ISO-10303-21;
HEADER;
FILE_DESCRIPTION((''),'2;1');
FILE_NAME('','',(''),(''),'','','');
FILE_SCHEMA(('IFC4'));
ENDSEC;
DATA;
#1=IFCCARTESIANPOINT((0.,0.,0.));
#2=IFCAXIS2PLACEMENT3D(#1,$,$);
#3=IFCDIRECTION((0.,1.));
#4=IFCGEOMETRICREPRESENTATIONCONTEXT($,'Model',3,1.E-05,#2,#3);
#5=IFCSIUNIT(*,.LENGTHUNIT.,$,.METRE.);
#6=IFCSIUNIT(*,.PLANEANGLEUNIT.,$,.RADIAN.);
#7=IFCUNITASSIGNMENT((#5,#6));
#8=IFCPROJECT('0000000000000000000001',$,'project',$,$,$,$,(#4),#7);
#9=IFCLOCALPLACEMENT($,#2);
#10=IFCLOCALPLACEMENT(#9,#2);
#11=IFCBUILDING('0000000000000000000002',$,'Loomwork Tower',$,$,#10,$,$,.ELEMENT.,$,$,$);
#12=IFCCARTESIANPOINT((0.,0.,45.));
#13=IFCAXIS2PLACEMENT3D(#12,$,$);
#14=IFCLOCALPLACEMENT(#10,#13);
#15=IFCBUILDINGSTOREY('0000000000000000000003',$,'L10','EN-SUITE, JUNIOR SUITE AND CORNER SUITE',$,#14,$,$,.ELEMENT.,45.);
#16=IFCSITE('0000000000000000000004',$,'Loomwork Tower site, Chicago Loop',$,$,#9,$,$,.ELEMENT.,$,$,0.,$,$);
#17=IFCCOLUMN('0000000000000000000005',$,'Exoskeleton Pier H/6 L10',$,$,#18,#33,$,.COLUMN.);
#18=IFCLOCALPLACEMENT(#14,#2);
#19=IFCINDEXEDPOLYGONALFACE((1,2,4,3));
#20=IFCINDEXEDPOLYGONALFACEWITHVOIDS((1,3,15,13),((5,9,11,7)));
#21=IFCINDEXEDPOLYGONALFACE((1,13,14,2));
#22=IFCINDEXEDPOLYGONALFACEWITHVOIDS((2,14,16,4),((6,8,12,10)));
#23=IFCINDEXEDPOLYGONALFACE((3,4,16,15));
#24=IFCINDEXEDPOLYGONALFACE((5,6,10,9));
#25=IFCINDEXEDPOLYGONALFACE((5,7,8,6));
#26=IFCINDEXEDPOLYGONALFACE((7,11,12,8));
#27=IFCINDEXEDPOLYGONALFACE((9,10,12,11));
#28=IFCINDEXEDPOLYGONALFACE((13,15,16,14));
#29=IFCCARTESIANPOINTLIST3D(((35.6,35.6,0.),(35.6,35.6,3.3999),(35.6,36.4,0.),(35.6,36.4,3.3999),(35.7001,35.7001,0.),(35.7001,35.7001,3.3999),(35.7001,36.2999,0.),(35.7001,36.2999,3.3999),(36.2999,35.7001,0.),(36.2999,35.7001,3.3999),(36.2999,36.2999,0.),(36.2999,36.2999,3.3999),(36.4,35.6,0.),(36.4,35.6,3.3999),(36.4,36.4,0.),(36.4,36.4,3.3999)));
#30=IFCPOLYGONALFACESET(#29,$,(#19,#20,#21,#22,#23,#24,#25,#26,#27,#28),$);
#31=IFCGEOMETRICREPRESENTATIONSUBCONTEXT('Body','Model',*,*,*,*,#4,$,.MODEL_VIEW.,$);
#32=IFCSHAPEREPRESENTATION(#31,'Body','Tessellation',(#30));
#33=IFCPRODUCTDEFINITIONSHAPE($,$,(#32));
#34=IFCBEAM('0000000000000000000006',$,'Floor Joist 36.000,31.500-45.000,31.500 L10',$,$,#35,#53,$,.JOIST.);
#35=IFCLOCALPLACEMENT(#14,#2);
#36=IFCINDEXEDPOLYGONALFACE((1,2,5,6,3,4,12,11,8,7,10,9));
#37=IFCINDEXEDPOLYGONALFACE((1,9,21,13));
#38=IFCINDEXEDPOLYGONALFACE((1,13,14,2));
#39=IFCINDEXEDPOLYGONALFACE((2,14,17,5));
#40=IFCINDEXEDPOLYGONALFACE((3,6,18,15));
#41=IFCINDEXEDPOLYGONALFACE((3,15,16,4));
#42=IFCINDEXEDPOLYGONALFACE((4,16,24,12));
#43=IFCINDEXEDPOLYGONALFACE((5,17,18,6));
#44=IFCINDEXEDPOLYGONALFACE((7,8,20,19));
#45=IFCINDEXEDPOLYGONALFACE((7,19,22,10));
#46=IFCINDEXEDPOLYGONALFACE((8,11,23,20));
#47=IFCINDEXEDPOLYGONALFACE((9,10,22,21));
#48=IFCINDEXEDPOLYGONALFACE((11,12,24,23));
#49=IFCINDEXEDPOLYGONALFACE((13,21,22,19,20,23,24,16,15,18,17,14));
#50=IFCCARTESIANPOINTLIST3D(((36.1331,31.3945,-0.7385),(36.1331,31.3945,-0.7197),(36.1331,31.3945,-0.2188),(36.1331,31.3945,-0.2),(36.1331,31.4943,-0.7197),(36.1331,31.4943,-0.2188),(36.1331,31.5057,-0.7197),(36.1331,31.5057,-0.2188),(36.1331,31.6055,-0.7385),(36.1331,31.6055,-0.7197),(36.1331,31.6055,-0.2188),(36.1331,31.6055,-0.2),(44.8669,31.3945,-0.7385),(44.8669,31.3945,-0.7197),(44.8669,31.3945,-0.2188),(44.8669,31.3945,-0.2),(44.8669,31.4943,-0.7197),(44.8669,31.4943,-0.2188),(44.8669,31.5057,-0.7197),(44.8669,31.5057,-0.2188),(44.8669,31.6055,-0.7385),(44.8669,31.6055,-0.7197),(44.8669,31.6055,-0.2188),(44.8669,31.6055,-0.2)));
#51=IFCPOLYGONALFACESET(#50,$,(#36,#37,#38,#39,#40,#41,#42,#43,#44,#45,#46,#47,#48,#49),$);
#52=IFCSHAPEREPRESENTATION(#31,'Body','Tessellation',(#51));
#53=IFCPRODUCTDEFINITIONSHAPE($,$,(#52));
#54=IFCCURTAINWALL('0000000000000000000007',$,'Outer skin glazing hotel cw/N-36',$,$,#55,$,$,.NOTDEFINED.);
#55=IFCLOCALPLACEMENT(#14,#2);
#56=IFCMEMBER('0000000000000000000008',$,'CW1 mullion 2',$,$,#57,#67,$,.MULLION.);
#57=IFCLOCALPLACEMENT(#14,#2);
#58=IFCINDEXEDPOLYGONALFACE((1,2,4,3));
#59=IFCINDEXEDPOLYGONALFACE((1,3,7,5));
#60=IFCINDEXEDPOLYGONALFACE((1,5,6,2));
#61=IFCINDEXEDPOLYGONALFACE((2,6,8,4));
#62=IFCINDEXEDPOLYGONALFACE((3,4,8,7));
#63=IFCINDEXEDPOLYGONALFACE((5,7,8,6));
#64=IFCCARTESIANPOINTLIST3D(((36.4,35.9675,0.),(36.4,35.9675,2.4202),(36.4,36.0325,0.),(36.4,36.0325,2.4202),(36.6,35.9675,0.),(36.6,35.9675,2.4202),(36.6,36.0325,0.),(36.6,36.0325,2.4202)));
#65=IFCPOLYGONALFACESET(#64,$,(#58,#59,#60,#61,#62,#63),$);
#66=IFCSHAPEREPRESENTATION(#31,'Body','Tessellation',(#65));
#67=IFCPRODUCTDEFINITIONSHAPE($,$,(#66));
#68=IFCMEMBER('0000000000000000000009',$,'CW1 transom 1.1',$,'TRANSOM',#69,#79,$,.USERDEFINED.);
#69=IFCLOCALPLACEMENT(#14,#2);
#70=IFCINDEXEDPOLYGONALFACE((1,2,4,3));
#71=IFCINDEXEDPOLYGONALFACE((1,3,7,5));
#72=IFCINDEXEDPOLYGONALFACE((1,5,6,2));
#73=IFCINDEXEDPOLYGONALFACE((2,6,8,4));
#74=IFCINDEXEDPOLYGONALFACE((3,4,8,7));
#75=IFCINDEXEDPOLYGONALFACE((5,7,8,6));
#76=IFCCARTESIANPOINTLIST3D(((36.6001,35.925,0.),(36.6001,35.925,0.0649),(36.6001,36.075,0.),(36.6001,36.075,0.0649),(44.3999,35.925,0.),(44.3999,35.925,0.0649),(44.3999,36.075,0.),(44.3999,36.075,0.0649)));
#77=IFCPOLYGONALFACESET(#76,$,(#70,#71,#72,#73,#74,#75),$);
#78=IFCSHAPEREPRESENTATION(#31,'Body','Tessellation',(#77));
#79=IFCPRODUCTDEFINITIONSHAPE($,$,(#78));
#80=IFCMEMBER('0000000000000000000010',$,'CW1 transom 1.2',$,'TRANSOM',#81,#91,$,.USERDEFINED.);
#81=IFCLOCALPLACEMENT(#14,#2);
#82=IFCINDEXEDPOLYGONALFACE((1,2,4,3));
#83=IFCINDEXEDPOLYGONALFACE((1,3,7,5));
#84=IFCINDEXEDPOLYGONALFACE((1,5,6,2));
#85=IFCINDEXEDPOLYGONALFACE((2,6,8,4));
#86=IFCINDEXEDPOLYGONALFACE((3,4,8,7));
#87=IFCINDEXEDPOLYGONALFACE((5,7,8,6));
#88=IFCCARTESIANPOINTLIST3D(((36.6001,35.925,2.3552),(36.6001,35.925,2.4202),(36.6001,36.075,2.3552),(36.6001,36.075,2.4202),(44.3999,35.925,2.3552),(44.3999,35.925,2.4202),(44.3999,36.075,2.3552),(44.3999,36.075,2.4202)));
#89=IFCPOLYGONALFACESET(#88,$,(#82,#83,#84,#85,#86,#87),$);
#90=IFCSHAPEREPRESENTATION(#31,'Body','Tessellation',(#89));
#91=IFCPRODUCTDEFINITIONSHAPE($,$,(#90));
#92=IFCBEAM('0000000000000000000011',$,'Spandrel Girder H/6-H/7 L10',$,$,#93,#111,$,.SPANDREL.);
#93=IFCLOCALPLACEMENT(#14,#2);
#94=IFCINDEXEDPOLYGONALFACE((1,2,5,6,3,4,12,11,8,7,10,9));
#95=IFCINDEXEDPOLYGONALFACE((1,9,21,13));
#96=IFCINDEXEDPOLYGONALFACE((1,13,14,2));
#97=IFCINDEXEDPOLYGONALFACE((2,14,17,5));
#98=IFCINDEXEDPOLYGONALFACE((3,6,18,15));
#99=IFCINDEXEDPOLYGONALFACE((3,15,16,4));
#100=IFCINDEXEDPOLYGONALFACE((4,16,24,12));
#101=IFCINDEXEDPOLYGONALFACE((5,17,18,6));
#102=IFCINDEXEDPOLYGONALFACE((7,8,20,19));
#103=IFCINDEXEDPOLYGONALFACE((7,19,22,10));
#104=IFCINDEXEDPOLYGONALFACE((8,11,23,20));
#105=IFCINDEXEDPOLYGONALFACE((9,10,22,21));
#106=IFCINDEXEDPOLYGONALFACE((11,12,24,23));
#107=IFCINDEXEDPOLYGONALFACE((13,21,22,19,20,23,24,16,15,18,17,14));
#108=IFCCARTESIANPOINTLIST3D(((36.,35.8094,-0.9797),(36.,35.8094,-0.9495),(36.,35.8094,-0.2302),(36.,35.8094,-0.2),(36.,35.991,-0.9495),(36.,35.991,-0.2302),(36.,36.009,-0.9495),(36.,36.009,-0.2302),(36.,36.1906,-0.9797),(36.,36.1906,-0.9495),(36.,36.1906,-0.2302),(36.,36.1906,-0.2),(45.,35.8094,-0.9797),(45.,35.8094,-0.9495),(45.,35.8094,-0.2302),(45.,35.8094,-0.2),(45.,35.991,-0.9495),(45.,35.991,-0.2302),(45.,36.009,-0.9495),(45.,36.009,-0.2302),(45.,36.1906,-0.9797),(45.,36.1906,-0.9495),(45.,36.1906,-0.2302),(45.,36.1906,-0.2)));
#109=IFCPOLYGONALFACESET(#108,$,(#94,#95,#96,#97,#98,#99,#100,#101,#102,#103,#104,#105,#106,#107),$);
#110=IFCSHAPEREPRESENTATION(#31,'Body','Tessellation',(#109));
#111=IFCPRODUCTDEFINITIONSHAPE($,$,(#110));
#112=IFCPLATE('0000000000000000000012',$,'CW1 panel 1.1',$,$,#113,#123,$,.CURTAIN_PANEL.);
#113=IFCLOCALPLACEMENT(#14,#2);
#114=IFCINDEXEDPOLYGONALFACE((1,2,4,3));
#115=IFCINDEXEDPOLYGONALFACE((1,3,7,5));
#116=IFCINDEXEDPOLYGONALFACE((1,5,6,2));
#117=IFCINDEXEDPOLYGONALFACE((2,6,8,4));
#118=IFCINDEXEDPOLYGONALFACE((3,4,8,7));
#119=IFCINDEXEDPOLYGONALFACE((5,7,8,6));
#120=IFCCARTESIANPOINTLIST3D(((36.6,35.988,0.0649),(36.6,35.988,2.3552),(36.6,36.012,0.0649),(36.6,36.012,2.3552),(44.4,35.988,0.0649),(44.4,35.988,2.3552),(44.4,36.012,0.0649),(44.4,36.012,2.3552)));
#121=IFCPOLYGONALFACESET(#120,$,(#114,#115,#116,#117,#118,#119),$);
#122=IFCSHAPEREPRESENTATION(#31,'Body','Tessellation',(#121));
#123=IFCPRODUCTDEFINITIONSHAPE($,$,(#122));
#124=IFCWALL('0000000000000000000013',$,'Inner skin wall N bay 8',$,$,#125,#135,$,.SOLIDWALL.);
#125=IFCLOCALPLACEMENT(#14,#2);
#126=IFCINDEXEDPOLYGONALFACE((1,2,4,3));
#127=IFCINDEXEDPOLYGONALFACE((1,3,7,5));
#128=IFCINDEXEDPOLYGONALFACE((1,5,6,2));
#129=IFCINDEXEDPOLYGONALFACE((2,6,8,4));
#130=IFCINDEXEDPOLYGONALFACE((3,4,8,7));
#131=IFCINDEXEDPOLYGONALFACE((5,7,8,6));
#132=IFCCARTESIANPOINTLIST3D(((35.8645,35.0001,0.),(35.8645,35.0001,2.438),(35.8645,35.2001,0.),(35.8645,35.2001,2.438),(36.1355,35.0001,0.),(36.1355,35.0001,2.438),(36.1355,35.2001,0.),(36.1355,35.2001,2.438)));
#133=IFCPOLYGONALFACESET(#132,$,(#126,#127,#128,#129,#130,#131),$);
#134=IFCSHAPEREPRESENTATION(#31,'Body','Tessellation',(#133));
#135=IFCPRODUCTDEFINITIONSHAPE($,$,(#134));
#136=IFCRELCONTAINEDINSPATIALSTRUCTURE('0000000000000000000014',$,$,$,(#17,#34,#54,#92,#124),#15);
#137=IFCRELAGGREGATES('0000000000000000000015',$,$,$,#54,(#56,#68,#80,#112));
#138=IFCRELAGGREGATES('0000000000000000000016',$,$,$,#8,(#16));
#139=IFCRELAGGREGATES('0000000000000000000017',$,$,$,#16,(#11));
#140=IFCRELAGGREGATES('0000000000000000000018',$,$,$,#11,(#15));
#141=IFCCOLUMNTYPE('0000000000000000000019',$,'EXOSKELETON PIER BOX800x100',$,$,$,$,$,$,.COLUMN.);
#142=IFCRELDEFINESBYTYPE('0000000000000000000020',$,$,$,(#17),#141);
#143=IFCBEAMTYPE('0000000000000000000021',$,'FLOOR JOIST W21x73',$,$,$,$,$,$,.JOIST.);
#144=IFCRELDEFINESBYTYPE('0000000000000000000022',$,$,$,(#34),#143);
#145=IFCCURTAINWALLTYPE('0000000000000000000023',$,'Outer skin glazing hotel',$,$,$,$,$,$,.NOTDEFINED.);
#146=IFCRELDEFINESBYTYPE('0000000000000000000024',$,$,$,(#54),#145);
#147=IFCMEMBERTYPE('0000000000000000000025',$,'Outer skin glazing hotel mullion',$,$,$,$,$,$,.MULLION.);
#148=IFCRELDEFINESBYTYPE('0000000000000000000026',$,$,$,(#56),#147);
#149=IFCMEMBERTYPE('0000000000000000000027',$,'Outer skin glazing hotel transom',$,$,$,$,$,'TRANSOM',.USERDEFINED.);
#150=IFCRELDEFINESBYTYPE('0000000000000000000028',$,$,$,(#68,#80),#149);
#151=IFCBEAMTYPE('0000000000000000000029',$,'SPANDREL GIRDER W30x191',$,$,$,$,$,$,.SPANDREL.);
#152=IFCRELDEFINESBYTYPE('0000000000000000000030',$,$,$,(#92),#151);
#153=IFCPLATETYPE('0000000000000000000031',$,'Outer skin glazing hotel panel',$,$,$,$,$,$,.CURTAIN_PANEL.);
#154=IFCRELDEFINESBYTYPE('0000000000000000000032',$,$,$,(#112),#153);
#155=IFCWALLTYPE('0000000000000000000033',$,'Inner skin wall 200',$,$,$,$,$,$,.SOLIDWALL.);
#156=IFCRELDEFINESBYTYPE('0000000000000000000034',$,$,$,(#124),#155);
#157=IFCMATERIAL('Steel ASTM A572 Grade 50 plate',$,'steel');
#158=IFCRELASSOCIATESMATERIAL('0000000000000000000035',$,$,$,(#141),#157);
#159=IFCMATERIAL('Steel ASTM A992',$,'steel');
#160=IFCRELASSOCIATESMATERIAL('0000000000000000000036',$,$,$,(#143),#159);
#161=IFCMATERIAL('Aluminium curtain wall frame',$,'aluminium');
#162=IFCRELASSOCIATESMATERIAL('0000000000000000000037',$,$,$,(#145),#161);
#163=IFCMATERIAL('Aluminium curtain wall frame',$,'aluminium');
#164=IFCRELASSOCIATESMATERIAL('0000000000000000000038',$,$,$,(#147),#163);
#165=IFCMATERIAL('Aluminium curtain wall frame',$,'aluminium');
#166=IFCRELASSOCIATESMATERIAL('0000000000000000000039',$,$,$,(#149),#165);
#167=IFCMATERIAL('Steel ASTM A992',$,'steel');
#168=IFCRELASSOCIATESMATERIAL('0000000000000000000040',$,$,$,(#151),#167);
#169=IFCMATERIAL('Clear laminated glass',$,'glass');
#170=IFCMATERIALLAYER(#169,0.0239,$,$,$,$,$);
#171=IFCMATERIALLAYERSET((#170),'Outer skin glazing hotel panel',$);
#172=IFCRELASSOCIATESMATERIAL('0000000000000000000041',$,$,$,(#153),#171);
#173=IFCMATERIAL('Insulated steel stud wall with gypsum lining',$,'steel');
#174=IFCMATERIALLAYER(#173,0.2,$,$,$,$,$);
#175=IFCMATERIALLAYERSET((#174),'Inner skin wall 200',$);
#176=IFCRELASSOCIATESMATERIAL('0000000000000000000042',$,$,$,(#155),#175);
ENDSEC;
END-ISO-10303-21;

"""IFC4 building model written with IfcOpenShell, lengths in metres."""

from ifc_helpers import new_model, si_unit, direction, frame, frame_2d, origin, origin_2d, place, context, subcontext, project, spatial, rectangle, hollow_rectangle, i_section, extrude, material, layer, layer_set, material_profile, profile_set, type_object, element, aggregate, save


model = new_model("IFC4")

# Units and contexts
model_context = context("Model", 3, precision=1e-05, world=origin(), true_north=direction((0.0, 1.0)))
body_context = subcontext(model_context, "Body", "Model", "MODEL_VIEW")
ifc_project = project(units=[si_unit("LENGTHUNIT", "METRE"), si_unit("PLANEANGLEUNIT", "RADIAN")], contexts=[model_context])

# Site, building, storey
site_placement = place(None, origin())
site = spatial("IfcSite", under=ifc_project, at=site_placement, Name="Loomwork Tower site, Chicago Loop", CompositionType="ELEMENT", RefElevation=0.0)
building_placement = place(site_placement, origin())
building = spatial("IfcBuilding", under=site, at=building_placement, Name="Loomwork Tower", CompositionType="ELEMENT")
storey_placement = place(building_placement, frame((0.0, 0.0, 45.0)))
storey = spatial("IfcBuildingStorey", under=building, at=storey_placement, Name="L10", Description="EN-SUITE, JUNIOR SUITE AND CORNER SUITE", CompositionType="ELEMENT", Elevation=45.0)

# Column
ifc_material_1 = material(Name="Steel ASTM A572 Grade 50 plate", Category="steel")
ifc_material_profile_1 = material_profile(ifc_material_1, hollow_rectangle(XDim=0.8, YDim=0.8, WallThickness=0.1001, at=origin_2d()), Name="BOX800x100")
ifc_profile_set_1 = profile_set([ifc_material_profile_1], Name="Steel ASTM A572 Grade 50 plate")
column_type = type_object("IfcColumnType", Name="EXOSKELETON PIER BOX800x100", PredefinedType="COLUMN", material=ifc_profile_set_1)
column_placement = place(storey_placement, frame((36.0, 36.0, 0.0), z_axis=(0.0, 0.0, 1.0), x_axis=(1.0, 0.0, 0.0)))
element("IfcColumn", 1, at=column_placement, inside=storey, type_object=column_type, Name="Exoskeleton Pier H/6 L10", PredefinedType="COLUMN", context=body_context, shape_type="SweptSolid", body=[
    extrude(hollow_rectangle(XDim=0.8, YDim=0.8, WallThickness=0.1001, at=origin_2d()), origin(), (0.0, 0.0, 1.0), 3.3999),
])

# Beam
ifc_material_2 = material(Name="Steel ASTM A992", Category="steel")
ifc_material_profile_2 = material_profile(ifc_material_2, i_section(OverallWidth=0.2109, OverallDepth=0.5386, WebThickness=0.0115, FlangeThickness=0.0188, at=origin_2d()), Name="W21x73")
ifc_profile_set_2 = profile_set([ifc_material_profile_2], Name="Steel ASTM A992")
beam_type_1 = type_object("IfcBeamType", Name="FLOOR JOIST W21x73", PredefinedType="JOIST", material=ifc_profile_set_2)
beam_1_placement = place(storey_placement, frame((36.1331, 31.5, -0.4692), z_axis=(1.0, 0.0, 0.0), x_axis=(0.0, 1.0, 0.0)))
element("IfcBeam", 2, at=beam_1_placement, inside=storey, type_object=beam_type_1, Name="Floor Joist 36.000,31.500-45.000,31.500 L10", PredefinedType="JOIST", context=body_context, shape_type="SweptSolid", body=[
    extrude(i_section(OverallWidth=0.2109, OverallDepth=0.5386, WebThickness=0.0115, FlangeThickness=0.0188, at=origin_2d()), origin(), (0.0, 0.0, 1.0), 8.7339),
])

# Curtain wall, members
ifc_material_3 = material(Name="Aluminium curtain wall frame", Category="aluminium")
curtain_wall_type = type_object("IfcCurtainWallType", Name="Outer skin glazing hotel", PredefinedType="NOTDEFINED", material=ifc_material_3)
curtain_wall_placement = place(storey_placement, origin())
curtain_wall = element("IfcCurtainWall", 3, at=curtain_wall_placement, inside=storey, type_object=curtain_wall_type, Name="Outer skin glazing hotel cw/N-36", PredefinedType="NOTDEFINED")
ifc_material_4 = material(Name="Aluminium curtain wall frame", Category="aluminium")
ifc_material_profile_3 = material_profile(ifc_material_4, rectangle(XDim=0.0649, YDim=0.2, at=origin_2d()), Name="AL 65x200")
ifc_profile_set_3 = profile_set([ifc_material_profile_3], Name="Aluminium curtain wall frame")
member_type_1 = type_object("IfcMemberType", Name="Outer skin glazing hotel mullion", PredefinedType="MULLION", material=ifc_profile_set_3)
member_1_placement = place(storey_placement, frame((36.5, 36.0, 0.0), z_axis=(0.0, 0.0, 1.0), x_axis=(0.0, -1.0, 0.0)))
member_1 = element("IfcMember", 4, at=member_1_placement, type_object=member_type_1, Name="CW1 mullion 2", PredefinedType="MULLION", context=body_context, shape_type="SweptSolid", body=[
    extrude(rectangle(XDim=0.0649, YDim=0.2, at=origin_2d()), origin(), (0.0, 0.0, 1.0), 2.4202),
])
ifc_material_5 = material(Name="Aluminium curtain wall frame", Category="aluminium")
ifc_material_profile_4 = material_profile(ifc_material_5, rectangle(XDim=0.1499, YDim=0.0649, at=origin_2d()), Name="AL 65x150")
ifc_profile_set_4 = profile_set([ifc_material_profile_4], Name="Aluminium curtain wall frame")
member_type_2 = type_object("IfcMemberType", Name="Outer skin glazing hotel transom", ElementType="TRANSOM", PredefinedType="USERDEFINED", material=ifc_profile_set_4)
member_2_placement = place(storey_placement, frame((44.3999, 36.0, 0.0325), z_axis=(-1.0, 0.0, 0.0), x_axis=(0.0, -1.0, 0.0)))
member_2 = element("IfcMember", 5, at=member_2_placement, type_object=member_type_2, Name="CW1 transom 1.1", ObjectType="TRANSOM", PredefinedType="USERDEFINED", context=body_context, shape_type="SweptSolid", body=[
    extrude(rectangle(XDim=0.1499, YDim=0.0649, at=origin_2d()), origin(), (0.0, 0.0, 1.0), 7.7998),
])
member_3_placement = place(storey_placement, frame((44.3999, 36.0, 2.3877), z_axis=(-1.0, 0.0, 0.0), x_axis=(0.0, -1.0, 0.0)))
member_3 = element("IfcMember", 6, at=member_3_placement, type_object=member_type_2, Name="CW1 transom 1.2", ObjectType="TRANSOM", PredefinedType="USERDEFINED", context=body_context, shape_type="SweptSolid", body=[
    extrude(rectangle(XDim=0.1499, YDim=0.0649, at=origin_2d()), origin(), (0.0, 0.0, 1.0), 7.7998),
])

# Beam
ifc_material_6 = material(Name="Steel ASTM A992", Category="steel")
ifc_material_profile_5 = material_profile(ifc_material_6, i_section(OverallWidth=0.3811, OverallDepth=0.7798, WebThickness=0.0181, FlangeThickness=0.0303, at=origin_2d()), Name="W30x191")
ifc_profile_set_5 = profile_set([ifc_material_profile_5], Name="Steel ASTM A992")
beam_type_2 = type_object("IfcBeamType", Name="SPANDREL GIRDER W30x191", PredefinedType="SPANDREL", material=ifc_profile_set_5)
beam_2_placement = place(storey_placement, frame((36.0, 36.0, -0.5898), z_axis=(1.0, 0.0, 0.0), x_axis=(0.0, 1.0, 0.0)))
element("IfcBeam", 7, at=beam_2_placement, inside=storey, type_object=beam_type_2, Name="Spandrel Girder H/6-H/7 L10", PredefinedType="SPANDREL", context=body_context, shape_type="SweptSolid", body=[
    extrude(i_section(OverallWidth=0.3811, OverallDepth=0.7798, WebThickness=0.0181, FlangeThickness=0.0303, at=origin_2d()), origin(), (0.0, 0.0, 1.0), 9.0),
])

# Plate
ifc_material_7 = material(Name="Clear laminated glass", Category="glass")
ifc_layer_1 = layer(ifc_material_7, 0.0239)
ifc_layer_set_1 = layer_set([ifc_layer_1], Name="Outer skin glazing hotel panel")
plate_type = type_object("IfcPlateType", Name="Outer skin glazing hotel panel", PredefinedType="CURTAIN_PANEL", material=ifc_layer_set_1)
plate_placement = place(storey_placement, frame((40.5, 36.0, 0.0649), z_axis=(0.0, 0.0, 1.0), x_axis=(-1.0, 0.0, 0.0)))
plate = element("IfcPlate", 8, at=plate_placement, type_object=plate_type, Name="CW1 panel 1.1", PredefinedType="CURTAIN_PANEL", context=body_context, shape_type="SweptSolid", body=[
    extrude(rectangle(XDim=7.8, YDim=0.0239, at=origin_2d()), origin(), (0.0, 0.0, 1.0), 2.2903),
])
aggregate(curtain_wall, [member_1, member_2, member_3, plate])

# Wall
ifc_material_8 = material(Name="Insulated steel stud wall with gypsum lining", Category="steel")
ifc_layer_2 = layer(ifc_material_8, 0.2)
ifc_layer_set_2 = layer_set([ifc_layer_2], Name="Inner skin wall 200")
wall_type = type_object("IfcWallType", Name="Inner skin wall 200", PredefinedType="SOLIDWALL", material=ifc_layer_set_2)
wall_1_placement = place(storey_placement, frame((35.8645, 35.1001, 0.0), z_axis=(0.0, 0.0, 1.0), x_axis=(1.0, 0.0, 0.0)))
element("IfcWall", 9, at=wall_1_placement, inside=storey, type_object=wall_type, Name="Inner skin wall N bay 8", PredefinedType="SOLIDWALL", context=body_context, shape_type="SweptSolid", body=[
    extrude(rectangle(XDim=0.271, YDim=0.2, at=frame_2d((0.1355, 0.0))), origin(), (0.0, 0.0, 1.0), 2.438),
])

save(model, "model.ifc")
